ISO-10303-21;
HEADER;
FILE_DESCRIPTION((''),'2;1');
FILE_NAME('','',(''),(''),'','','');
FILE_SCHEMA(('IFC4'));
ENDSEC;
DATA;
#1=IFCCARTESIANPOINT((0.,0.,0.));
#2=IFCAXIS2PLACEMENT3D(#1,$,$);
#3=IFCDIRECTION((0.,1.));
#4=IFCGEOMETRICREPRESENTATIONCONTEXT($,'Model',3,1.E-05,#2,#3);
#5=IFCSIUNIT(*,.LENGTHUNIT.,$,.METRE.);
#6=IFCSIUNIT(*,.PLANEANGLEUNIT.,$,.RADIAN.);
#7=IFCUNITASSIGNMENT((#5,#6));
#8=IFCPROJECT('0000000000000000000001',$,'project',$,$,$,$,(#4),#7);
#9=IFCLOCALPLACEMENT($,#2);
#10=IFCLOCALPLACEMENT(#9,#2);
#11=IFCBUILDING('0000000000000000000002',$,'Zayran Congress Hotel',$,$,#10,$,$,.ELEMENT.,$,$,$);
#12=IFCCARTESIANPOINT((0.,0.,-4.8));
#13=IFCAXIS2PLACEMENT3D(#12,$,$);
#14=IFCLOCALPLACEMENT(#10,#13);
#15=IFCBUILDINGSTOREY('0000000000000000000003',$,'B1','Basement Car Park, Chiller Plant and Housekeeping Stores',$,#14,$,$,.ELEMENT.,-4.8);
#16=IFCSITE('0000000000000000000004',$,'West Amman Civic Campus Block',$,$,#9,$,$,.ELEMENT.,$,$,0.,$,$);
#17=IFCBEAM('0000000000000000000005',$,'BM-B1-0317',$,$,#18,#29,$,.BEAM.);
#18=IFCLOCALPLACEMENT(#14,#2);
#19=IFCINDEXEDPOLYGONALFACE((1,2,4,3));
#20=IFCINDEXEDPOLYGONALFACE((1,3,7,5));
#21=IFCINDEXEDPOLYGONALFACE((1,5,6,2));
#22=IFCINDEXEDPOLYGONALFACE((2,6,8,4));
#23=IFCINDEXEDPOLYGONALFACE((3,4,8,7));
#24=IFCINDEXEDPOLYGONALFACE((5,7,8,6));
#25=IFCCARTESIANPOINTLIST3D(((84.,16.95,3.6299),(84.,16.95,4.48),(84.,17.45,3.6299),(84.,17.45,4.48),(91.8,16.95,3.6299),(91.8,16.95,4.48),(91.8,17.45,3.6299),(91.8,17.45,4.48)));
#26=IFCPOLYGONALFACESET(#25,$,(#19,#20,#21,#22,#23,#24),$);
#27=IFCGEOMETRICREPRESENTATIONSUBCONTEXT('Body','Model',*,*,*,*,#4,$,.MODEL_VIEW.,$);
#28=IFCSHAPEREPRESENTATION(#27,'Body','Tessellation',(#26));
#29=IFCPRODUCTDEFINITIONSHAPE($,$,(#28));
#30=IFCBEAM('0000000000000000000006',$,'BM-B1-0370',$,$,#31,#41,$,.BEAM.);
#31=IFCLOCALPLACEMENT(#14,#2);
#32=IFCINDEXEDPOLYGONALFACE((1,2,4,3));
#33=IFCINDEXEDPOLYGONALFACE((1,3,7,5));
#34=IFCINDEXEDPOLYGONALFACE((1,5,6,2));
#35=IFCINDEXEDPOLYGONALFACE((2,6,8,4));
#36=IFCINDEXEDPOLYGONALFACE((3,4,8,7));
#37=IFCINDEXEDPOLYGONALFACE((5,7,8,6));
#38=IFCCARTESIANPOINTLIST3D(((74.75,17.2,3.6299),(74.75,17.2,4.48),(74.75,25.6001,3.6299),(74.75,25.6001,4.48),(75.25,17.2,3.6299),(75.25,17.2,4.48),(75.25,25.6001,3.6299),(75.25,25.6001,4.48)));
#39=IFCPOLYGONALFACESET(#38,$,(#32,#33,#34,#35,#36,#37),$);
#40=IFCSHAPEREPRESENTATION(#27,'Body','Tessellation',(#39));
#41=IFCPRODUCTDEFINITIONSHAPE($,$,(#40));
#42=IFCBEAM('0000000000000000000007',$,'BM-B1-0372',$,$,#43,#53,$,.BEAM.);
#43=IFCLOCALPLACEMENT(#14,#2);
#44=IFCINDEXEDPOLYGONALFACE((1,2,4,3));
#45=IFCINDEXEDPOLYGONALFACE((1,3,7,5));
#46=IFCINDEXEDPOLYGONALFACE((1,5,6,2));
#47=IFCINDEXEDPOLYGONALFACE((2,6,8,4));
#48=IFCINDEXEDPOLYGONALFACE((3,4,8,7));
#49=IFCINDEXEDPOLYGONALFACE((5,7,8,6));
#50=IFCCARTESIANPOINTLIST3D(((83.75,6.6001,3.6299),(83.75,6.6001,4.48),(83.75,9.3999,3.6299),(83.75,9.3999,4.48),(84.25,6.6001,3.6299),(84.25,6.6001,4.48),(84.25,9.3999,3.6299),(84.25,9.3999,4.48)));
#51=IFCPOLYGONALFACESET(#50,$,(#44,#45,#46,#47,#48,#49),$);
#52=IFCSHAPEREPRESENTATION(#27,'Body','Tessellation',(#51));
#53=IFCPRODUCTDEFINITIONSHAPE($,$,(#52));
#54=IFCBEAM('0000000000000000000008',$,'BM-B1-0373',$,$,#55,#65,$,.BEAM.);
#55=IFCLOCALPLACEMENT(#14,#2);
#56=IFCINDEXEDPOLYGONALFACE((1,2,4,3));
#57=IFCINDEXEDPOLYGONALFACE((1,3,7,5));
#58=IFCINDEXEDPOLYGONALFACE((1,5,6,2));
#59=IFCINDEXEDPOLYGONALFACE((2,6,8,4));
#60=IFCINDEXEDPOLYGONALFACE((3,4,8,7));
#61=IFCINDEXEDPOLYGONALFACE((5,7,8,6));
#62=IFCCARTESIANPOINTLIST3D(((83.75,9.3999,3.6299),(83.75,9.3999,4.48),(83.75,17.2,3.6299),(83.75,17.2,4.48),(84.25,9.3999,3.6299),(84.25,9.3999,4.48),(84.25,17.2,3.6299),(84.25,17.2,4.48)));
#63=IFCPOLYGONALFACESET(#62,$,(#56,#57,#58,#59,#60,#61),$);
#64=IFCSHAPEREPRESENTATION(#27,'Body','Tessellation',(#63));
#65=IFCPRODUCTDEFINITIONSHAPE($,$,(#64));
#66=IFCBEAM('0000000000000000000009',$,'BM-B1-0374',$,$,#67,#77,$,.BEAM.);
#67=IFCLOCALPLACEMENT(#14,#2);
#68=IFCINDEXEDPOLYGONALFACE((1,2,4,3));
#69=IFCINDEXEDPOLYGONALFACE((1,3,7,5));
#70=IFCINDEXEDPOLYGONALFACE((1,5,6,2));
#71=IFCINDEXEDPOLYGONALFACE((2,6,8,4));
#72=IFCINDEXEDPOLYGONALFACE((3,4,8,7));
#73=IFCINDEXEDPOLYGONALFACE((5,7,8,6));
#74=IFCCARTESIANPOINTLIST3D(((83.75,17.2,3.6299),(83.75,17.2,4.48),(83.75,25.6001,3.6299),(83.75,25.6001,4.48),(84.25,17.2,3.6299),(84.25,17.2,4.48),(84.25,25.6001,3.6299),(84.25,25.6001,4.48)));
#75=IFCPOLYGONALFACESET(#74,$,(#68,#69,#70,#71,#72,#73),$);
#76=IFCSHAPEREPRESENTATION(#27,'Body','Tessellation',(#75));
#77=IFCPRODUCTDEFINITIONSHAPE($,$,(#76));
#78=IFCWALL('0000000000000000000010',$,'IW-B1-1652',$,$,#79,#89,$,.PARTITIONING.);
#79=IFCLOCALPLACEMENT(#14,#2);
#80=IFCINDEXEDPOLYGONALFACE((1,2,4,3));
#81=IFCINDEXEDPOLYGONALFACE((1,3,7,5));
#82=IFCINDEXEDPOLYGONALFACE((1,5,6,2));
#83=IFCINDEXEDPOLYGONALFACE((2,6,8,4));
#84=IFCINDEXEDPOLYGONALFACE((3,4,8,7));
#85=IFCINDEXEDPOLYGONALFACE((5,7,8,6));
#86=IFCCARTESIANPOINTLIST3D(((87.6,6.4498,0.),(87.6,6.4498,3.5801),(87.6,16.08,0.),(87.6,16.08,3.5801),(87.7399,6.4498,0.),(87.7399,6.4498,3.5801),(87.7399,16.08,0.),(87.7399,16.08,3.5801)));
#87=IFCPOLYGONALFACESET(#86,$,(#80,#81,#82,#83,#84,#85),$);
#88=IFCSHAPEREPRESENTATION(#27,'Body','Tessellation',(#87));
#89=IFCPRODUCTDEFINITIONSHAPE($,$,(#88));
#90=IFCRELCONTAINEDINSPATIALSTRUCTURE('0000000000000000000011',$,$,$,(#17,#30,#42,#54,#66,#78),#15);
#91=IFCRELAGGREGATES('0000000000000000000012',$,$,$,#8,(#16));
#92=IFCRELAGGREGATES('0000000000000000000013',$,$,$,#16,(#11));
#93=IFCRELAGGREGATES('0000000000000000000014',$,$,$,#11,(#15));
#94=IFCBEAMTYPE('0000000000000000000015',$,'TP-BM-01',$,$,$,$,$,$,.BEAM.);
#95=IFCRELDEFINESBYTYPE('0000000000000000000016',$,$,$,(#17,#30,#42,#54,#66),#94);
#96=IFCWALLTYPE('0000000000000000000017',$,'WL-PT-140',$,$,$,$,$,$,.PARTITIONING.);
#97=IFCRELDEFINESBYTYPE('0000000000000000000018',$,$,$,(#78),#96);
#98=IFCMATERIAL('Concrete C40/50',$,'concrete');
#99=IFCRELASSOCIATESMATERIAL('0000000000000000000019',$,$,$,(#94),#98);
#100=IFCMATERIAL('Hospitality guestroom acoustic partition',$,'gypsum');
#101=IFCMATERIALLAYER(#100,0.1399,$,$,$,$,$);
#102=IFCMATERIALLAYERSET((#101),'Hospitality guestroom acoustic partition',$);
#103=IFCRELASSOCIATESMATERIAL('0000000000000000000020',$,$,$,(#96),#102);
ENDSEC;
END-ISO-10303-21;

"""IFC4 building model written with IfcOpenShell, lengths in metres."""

from ifc_helpers import new_model, si_unit, direction, frame, frame_2d, origin, origin_2d, place, context, subcontext, project, spatial, rectangle, extrude, material, layer, layer_set, material_profile, profile_set, type_object, element, save


model = new_model("IFC4")

# Units and contexts
model_context = context("Model", 3, precision=1e-05, world=origin(), true_north=direction((0.0, 1.0)))
body_context = subcontext(model_context, "Body", "Model", "MODEL_VIEW")
ifc_project = project(units=[si_unit("LENGTHUNIT", "METRE"), si_unit("PLANEANGLEUNIT", "RADIAN")], contexts=[model_context])

# Site, building, storey
site_placement = place(None, origin())
site = spatial("IfcSite", under=ifc_project, at=site_placement, Name="West Amman Civic Campus Block", CompositionType="ELEMENT", RefElevation=0.0)
building_placement = place(site_placement, origin())
building = spatial("IfcBuilding", under=site, at=building_placement, Name="Zayran Congress Hotel", CompositionType="ELEMENT")
storey_placement = place(building_placement, frame((0.0, 0.0, -4.8)))
storey = spatial("IfcBuildingStorey", under=building, at=storey_placement, Name="B1", Description="Basement Car Park, Chiller Plant and Housekeeping Stores", CompositionType="ELEMENT", Elevation=-4.8)

# Shared definitions
ifc_material_1 = material(Name="Concrete C40/50", Category="concrete")

# Beams
ifc_material_profile_1 = material_profile(ifc_material_1, rectangle(XDim=0.5, YDim=0.8501, at=origin_2d()), Name="RC 500x850")
ifc_profile_set_1 = profile_set([ifc_material_profile_1], Name="Concrete C40/50")
beam_type = type_object("IfcBeamType", Name="TP-BM-01", PredefinedType="BEAM", material=ifc_profile_set_1)
beam_1_placement = place(storey_placement, frame((84.0, 17.2, 4.0549), z_axis=(1.0, 0.0, 0.0), x_axis=(0.0, 1.0, 0.0)))
element("IfcBeam", 1, at=beam_1_placement, inside=storey, type_object=beam_type, Name="BM-B1-0317", PredefinedType="BEAM", context=body_context, shape_type="SweptSolid", body=[
    extrude(rectangle(XDim=0.5, YDim=0.8501, at=origin_2d()), origin(), (0.0, 0.0, 1.0), 7.8),
])
beam_2_placement = place(storey_placement, frame((75.0, 17.2, 4.0549), z_axis=(0.0, 1.0, 0.0), x_axis=(-1.0, 0.0, 0.0)))
element("IfcBeam", 2, at=beam_2_placement, inside=storey, type_object=beam_type, Name="BM-B1-0370", PredefinedType="BEAM", context=body_context, shape_type="SweptSolid", body=[
    extrude(rectangle(XDim=0.5, YDim=0.8501, at=origin_2d()), origin(), (0.0, 0.0, 1.0), 8.4001),
])
beam_3_placement = place(storey_placement, frame((84.0, 6.6001, 4.0549), z_axis=(0.0, 1.0, 0.0), x_axis=(-1.0, 0.0, 0.0)))
element("IfcBeam", 3, at=beam_3_placement, inside=storey, type_object=beam_type, Name="BM-B1-0372", PredefinedType="BEAM", context=body_context, shape_type="SweptSolid", body=[
    extrude(rectangle(XDim=0.5, YDim=0.8501, at=origin_2d()), origin(), (0.0, 0.0, 1.0), 2.7998),
])
beam_4_placement = place(storey_placement, frame((84.0, 9.3999, 4.0549), z_axis=(0.0, 1.0, 0.0), x_axis=(-1.0, 0.0, 0.0)))
element("IfcBeam", 4, at=beam_4_placement, inside=storey, type_object=beam_type, Name="BM-B1-0373", PredefinedType="BEAM", context=body_context, shape_type="SweptSolid", body=[
    extrude(rectangle(XDim=0.5, YDim=0.8501, at=origin_2d()), origin(), (0.0, 0.0, 1.0), 7.8),
])
beam_5_placement = place(storey_placement, frame((84.0, 17.2, 4.0549), z_axis=(0.0, 1.0, 0.0), x_axis=(-1.0, 0.0, 0.0)))
element("IfcBeam", 5, at=beam_5_placement, inside=storey, type_object=beam_type, Name="BM-B1-0374", PredefinedType="BEAM", context=body_context, shape_type="SweptSolid", body=[
    extrude(rectangle(XDim=0.5, YDim=0.8501, at=origin_2d()), origin(), (0.0, 0.0, 1.0), 8.4001),
])

# Wall
ifc_material_2 = material(Name="Hospitality guestroom acoustic partition", Category="gypsum")
ifc_layer = layer(ifc_material_2, 0.1399)
ifc_layer_set = layer_set([ifc_layer], Name="Hospitality guestroom acoustic partition")
wall_type = type_object("IfcWallType", Name="WL-PT-140", PredefinedType="PARTITIONING", material=ifc_layer_set)
wall_placement = place(storey_placement, frame((87.6699, 6.45, 0.0), z_axis=(0.0, 0.0, 1.0), x_axis=(0.0, 1.0, 0.0)))
element("IfcWall", 6, at=wall_placement, inside=storey, type_object=wall_type, Name="IW-B1-1652", PredefinedType="PARTITIONING", context=body_context, shape_type="SweptSolid", body=[
    extrude(rectangle(XDim=9.6301, YDim=0.1399, at=frame_2d((4.8149, 0.0))), origin(), (0.0, 0.0, 1.0), 3.5801),
])

save(model, "model.ifc")
